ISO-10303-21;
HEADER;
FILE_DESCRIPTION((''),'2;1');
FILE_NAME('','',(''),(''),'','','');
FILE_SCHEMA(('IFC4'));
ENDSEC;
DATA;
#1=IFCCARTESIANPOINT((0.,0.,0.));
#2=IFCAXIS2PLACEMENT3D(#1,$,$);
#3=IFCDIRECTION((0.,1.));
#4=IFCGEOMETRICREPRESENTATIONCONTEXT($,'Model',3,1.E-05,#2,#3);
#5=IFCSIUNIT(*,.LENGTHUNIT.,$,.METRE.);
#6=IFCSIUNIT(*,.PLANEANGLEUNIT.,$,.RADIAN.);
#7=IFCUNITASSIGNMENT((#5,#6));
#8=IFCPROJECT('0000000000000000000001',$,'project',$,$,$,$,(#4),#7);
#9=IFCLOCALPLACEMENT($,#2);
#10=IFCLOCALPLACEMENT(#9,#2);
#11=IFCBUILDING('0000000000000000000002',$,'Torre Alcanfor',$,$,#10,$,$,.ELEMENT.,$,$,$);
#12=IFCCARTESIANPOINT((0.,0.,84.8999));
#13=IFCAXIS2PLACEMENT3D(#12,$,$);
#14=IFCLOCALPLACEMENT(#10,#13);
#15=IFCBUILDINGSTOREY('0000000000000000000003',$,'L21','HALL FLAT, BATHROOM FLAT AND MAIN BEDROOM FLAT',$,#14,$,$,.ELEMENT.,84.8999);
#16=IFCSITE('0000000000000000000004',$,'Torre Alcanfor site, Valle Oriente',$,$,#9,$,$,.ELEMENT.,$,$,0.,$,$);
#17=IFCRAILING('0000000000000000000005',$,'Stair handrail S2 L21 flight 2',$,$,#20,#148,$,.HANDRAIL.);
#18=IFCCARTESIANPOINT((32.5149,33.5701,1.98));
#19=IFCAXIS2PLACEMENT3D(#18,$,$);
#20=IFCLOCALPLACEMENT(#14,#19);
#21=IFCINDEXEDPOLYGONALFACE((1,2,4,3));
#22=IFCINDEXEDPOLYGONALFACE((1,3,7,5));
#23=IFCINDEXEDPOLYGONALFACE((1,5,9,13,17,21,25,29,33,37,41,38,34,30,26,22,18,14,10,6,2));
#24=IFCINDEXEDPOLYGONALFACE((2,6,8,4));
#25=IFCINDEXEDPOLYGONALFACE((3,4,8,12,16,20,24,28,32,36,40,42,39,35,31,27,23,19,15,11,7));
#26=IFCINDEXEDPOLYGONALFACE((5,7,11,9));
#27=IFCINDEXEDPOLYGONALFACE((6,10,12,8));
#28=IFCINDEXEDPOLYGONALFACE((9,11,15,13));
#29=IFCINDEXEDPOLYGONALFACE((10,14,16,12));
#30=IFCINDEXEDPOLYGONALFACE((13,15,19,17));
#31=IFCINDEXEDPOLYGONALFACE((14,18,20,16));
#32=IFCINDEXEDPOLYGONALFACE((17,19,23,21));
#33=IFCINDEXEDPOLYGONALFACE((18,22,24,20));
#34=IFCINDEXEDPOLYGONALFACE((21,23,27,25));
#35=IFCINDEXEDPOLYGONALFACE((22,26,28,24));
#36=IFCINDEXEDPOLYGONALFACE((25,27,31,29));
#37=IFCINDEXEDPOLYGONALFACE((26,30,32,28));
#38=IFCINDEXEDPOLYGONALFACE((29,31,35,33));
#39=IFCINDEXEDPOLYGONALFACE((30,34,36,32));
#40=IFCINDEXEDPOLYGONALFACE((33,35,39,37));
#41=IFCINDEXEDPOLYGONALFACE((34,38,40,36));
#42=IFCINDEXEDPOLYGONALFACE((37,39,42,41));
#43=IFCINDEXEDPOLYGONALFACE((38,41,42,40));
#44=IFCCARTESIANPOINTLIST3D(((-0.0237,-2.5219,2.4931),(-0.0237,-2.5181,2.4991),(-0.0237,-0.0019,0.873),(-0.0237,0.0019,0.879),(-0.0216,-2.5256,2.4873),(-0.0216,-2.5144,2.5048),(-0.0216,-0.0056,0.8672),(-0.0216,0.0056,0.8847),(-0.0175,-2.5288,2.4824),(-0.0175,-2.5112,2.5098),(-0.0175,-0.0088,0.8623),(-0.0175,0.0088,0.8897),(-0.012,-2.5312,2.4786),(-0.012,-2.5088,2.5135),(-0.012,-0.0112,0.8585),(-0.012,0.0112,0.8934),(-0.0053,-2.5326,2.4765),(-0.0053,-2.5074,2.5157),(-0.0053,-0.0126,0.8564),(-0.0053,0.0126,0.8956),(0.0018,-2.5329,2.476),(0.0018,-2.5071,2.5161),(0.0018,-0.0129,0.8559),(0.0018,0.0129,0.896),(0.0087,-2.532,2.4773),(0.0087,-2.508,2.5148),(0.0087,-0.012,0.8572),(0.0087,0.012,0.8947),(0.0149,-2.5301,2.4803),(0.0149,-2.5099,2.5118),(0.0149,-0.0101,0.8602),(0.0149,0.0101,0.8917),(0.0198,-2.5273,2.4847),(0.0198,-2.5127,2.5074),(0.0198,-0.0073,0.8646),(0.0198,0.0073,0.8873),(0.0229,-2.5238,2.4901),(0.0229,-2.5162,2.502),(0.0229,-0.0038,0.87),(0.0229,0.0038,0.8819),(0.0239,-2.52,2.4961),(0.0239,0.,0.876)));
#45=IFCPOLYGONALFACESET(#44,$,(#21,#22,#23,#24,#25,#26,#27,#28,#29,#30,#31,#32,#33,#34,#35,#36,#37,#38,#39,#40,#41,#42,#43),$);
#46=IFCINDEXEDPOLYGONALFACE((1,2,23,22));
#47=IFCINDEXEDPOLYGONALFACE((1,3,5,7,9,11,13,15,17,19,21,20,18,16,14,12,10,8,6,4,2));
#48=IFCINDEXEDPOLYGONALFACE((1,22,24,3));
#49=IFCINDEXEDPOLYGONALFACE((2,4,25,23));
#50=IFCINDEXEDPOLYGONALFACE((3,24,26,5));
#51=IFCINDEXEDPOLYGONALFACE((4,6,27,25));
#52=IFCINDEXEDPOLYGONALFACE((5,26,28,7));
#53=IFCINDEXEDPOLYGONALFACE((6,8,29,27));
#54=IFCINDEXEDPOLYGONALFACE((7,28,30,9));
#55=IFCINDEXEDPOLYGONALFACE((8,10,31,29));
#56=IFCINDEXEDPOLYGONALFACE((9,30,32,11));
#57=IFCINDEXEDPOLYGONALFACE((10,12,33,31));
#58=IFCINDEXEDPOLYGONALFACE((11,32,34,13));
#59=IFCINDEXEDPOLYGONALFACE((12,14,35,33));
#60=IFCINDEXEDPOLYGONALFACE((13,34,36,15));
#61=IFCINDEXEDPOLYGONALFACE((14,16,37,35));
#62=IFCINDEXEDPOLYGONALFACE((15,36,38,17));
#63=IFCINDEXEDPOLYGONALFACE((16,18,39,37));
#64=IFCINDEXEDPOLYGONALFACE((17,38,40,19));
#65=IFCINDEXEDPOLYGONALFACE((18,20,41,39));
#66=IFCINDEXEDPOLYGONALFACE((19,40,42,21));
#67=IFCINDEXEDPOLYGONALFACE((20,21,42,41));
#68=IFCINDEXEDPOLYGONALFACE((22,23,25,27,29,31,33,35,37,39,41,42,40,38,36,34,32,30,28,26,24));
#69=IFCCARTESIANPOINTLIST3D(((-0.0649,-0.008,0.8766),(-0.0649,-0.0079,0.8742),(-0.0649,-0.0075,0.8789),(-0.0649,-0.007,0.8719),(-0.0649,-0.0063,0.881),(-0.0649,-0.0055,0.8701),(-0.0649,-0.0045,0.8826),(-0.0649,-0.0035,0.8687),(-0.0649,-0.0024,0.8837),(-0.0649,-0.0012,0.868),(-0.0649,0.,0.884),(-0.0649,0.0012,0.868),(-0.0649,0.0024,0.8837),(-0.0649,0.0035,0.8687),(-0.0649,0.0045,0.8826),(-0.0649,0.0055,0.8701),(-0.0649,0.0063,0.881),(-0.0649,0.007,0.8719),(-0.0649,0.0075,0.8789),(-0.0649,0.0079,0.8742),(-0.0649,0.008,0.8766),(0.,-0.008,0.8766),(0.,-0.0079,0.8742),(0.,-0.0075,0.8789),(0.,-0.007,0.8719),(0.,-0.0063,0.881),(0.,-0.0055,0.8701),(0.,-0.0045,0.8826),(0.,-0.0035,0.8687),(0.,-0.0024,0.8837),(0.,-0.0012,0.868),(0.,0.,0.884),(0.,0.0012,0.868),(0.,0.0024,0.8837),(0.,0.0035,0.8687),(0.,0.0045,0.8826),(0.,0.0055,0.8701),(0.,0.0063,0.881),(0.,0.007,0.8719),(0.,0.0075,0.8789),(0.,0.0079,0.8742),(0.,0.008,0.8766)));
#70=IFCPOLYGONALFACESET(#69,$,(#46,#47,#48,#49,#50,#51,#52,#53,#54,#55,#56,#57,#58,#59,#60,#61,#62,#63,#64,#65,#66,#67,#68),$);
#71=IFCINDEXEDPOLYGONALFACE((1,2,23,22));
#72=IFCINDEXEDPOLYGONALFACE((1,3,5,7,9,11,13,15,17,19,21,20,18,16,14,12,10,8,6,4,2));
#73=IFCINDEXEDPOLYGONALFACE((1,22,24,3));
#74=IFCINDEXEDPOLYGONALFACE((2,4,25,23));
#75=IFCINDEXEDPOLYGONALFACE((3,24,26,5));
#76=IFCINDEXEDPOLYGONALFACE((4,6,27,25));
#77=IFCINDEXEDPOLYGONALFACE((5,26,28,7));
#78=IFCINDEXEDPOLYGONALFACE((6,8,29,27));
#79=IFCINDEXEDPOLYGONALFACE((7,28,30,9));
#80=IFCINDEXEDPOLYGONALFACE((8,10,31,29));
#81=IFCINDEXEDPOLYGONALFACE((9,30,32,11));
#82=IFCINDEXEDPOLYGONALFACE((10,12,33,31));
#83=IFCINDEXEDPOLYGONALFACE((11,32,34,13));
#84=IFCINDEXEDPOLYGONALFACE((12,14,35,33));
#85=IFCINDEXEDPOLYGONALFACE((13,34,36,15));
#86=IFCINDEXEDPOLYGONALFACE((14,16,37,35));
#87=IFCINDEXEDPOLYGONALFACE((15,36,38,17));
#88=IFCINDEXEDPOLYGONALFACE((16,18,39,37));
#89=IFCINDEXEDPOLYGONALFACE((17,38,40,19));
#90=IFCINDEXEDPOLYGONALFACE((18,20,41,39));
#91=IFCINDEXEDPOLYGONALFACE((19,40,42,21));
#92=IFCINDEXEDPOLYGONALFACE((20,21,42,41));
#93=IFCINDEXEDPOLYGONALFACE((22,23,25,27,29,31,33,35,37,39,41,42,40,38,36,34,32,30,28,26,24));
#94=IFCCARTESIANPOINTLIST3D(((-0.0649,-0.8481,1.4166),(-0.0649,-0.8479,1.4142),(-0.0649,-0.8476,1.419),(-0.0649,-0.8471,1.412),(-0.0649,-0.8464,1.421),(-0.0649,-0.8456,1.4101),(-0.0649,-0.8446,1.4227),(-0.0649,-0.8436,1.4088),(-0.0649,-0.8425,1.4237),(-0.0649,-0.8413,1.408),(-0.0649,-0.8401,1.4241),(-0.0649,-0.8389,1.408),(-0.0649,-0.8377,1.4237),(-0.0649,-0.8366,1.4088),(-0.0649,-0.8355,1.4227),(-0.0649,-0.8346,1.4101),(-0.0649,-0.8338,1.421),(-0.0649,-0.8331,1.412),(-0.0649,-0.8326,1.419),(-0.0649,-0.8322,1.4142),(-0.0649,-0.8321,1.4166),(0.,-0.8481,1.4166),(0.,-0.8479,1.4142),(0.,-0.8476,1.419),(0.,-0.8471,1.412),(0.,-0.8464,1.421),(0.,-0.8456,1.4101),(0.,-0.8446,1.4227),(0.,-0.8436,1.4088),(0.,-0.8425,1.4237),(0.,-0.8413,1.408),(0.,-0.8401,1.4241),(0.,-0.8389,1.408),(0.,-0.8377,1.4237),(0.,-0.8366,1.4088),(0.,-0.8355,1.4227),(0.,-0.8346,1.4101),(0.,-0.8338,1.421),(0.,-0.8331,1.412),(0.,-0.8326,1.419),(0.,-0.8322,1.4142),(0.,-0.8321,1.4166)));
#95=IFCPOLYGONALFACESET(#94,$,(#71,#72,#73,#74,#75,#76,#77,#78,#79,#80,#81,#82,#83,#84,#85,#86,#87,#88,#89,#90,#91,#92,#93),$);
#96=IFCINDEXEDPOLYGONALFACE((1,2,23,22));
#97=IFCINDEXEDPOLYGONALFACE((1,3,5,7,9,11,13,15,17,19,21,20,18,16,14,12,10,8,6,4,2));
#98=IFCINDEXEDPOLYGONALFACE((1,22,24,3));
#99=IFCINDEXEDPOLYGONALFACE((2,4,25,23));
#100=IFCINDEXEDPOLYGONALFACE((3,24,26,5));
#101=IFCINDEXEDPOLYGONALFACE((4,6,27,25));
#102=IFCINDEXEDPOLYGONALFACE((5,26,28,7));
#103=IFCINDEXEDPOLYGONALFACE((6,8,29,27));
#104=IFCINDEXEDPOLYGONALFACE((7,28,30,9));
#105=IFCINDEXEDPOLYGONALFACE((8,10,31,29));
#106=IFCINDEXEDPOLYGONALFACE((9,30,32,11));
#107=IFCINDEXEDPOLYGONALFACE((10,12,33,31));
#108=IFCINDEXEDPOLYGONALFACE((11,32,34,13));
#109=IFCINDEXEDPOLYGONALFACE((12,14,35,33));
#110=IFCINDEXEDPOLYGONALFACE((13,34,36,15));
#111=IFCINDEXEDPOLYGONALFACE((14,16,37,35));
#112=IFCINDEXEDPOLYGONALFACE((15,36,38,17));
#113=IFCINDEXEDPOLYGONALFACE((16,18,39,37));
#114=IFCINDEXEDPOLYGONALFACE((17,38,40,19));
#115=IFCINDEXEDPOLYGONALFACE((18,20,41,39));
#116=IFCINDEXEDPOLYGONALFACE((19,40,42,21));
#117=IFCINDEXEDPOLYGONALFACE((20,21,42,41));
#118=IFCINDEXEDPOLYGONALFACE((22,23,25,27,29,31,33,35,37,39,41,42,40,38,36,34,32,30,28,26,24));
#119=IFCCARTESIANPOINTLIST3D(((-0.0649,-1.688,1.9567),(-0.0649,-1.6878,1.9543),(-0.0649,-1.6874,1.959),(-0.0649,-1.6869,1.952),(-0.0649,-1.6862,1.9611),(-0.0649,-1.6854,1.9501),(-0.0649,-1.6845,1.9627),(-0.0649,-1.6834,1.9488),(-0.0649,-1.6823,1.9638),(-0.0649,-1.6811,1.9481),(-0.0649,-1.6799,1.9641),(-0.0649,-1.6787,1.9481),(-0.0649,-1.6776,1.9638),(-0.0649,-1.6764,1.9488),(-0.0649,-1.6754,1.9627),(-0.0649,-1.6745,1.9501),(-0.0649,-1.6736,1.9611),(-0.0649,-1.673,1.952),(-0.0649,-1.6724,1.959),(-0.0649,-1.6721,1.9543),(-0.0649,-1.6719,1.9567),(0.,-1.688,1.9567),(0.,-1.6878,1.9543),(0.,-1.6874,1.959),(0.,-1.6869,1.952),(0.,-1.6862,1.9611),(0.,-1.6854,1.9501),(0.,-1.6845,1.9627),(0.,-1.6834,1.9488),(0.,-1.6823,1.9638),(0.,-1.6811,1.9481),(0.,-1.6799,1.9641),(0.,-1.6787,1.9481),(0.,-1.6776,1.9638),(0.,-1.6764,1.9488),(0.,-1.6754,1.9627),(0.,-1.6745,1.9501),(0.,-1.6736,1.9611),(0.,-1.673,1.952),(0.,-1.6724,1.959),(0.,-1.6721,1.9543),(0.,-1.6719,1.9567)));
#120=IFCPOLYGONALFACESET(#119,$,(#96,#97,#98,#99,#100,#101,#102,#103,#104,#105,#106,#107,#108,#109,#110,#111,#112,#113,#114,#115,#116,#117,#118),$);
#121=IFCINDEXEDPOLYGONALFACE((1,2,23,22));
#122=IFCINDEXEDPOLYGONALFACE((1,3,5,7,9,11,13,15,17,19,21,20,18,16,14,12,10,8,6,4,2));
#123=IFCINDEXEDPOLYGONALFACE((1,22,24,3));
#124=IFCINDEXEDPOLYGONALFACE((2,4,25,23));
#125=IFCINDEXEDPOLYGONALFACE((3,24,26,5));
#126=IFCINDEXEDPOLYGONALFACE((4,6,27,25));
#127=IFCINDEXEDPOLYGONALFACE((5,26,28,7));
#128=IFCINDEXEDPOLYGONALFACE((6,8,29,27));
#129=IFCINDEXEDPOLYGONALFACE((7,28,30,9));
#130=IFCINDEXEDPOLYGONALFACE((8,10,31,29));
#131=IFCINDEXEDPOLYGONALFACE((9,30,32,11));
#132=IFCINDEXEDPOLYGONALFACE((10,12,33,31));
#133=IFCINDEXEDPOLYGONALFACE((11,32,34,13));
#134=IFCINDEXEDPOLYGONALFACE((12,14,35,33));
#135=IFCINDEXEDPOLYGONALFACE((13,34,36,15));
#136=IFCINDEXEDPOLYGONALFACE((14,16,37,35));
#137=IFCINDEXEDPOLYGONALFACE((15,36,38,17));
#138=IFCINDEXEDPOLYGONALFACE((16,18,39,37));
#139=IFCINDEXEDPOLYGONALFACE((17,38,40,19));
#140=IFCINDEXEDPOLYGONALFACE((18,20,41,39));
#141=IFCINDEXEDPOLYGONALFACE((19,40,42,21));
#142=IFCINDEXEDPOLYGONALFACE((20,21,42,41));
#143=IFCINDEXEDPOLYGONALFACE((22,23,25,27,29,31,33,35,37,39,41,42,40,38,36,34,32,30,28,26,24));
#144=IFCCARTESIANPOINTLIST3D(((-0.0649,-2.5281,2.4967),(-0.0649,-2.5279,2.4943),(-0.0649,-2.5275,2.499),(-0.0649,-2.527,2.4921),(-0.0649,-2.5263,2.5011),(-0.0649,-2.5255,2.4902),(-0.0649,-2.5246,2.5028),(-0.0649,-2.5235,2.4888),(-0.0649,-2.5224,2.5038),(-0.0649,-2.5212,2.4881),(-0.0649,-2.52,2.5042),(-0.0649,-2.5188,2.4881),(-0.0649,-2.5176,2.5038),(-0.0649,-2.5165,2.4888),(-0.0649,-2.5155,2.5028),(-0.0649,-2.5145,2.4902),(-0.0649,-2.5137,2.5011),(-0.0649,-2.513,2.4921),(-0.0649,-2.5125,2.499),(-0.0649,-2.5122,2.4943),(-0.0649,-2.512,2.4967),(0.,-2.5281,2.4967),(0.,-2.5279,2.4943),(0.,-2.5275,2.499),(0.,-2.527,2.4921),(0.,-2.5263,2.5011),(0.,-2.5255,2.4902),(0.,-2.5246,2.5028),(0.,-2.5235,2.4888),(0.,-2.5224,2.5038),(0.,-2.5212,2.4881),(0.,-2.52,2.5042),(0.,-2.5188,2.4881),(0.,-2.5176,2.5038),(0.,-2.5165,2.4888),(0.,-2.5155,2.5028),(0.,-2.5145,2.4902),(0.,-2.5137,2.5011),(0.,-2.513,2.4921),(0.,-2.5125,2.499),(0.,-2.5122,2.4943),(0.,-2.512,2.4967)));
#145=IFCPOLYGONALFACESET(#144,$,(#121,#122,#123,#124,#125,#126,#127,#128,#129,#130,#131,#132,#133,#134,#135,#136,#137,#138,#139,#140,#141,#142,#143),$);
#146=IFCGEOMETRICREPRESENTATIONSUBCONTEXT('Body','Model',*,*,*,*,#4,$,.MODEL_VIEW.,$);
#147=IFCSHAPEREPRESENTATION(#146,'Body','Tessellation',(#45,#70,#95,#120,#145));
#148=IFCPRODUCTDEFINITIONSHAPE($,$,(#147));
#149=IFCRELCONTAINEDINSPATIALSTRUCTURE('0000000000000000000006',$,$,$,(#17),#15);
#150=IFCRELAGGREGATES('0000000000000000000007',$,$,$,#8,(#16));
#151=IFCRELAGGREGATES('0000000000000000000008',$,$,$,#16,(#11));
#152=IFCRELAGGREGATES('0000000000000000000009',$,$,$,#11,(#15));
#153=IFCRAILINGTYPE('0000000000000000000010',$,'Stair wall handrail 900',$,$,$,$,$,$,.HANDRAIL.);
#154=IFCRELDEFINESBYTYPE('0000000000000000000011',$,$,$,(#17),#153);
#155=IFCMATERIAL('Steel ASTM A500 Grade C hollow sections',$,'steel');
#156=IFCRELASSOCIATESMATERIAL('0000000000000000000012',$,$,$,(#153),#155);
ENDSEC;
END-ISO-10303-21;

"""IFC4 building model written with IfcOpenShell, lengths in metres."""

from ifc_helpers import new_model, si_unit, direction, frame, origin, origin_2d, place, context, subcontext, project, spatial, circle, extrude, material, type_object, element, save


model = new_model("IFC4")

# Units and contexts
model_context = context("Model", 3, precision=1e-05, world=origin(), true_north=direction((0.0, 1.0)))
body_context = subcontext(model_context, "Body", "Model", "MODEL_VIEW")
ifc_project = project(units=[si_unit("LENGTHUNIT", "METRE"), si_unit("PLANEANGLEUNIT", "RADIAN")], contexts=[model_context])

# Site, building, storey
site_placement = place(None, origin())
site = spatial("IfcSite", under=ifc_project, at=site_placement, Name="Torre Alcanfor site, Valle Oriente", CompositionType="ELEMENT", RefElevation=0.0)
building_placement = place(site_placement, origin())
building = spatial("IfcBuilding", under=site, at=building_placement, Name="Torre Alcanfor", CompositionType="ELEMENT")
storey_placement = place(building_placement, frame((0.0, 0.0, 84.8999)))
storey = spatial("IfcBuildingStorey", under=building, at=storey_placement, Name="L21", Description="HALL FLAT, BATHROOM FLAT AND MAIN BEDROOM FLAT", CompositionType="ELEMENT", Elevation=84.8999)

# Railing
ifc_material_1 = material(Name="Steel ASTM A500 Grade C hollow sections", Category="steel")
railing_type_1 = type_object("IfcRailingType", Name="Stair wall handrail 900", PredefinedType="HANDRAIL", material=ifc_material_1)
railing_1_placement = place(storey_placement, frame((32.5149, 33.5701, 1.98)))
element("IfcRailing", 1, at=railing_1_placement, inside=storey, type_object=railing_type_1, Name="Stair handrail S2 L21 flight 2", PredefinedType="HANDRAIL", context=body_context, shape_type="SweptSolid", body=[
    extrude(circle(Radius=0.0239, at=origin_2d()), frame((0.0, 0.0, 0.876), z_axis=(0.0, -0.841163, 0.540782), x_axis=(1.0, 0.0, 0.0)), (0.0, 0.0, 1.0), 2.9958),
    extrude(circle(Radius=0.0081, at=origin_2d()), frame((0.0, 0.0, 0.876), z_axis=(-1.0, 0.0, 0.0), x_axis=(0.0, 0.0, 1.0)), (0.0, 0.0, 1.0), 0.0649),
    extrude(circle(Radius=0.0081, at=origin_2d()), frame((0.0, -0.8401, 1.416), z_axis=(-1.0, 0.0, 0.0), x_axis=(0.0, 0.0, 1.0)), (0.0, 0.0, 1.0), 0.0649),
    extrude(circle(Radius=0.0081, at=origin_2d()), frame((0.0, -1.6799, 1.9561), z_axis=(-1.0, 0.0, 0.0), x_axis=(0.0, 0.0, 1.0)), (0.0, 0.0, 1.0), 0.0649),
    extrude(circle(Radius=0.0081, at=origin_2d()), frame((0.0, -2.52, 2.4961), z_axis=(-1.0, 0.0, 0.0), x_axis=(0.0, 0.0, 1.0)), (0.0, 0.0, 1.0), 0.0649),
])

save(model, "model.ifc")
